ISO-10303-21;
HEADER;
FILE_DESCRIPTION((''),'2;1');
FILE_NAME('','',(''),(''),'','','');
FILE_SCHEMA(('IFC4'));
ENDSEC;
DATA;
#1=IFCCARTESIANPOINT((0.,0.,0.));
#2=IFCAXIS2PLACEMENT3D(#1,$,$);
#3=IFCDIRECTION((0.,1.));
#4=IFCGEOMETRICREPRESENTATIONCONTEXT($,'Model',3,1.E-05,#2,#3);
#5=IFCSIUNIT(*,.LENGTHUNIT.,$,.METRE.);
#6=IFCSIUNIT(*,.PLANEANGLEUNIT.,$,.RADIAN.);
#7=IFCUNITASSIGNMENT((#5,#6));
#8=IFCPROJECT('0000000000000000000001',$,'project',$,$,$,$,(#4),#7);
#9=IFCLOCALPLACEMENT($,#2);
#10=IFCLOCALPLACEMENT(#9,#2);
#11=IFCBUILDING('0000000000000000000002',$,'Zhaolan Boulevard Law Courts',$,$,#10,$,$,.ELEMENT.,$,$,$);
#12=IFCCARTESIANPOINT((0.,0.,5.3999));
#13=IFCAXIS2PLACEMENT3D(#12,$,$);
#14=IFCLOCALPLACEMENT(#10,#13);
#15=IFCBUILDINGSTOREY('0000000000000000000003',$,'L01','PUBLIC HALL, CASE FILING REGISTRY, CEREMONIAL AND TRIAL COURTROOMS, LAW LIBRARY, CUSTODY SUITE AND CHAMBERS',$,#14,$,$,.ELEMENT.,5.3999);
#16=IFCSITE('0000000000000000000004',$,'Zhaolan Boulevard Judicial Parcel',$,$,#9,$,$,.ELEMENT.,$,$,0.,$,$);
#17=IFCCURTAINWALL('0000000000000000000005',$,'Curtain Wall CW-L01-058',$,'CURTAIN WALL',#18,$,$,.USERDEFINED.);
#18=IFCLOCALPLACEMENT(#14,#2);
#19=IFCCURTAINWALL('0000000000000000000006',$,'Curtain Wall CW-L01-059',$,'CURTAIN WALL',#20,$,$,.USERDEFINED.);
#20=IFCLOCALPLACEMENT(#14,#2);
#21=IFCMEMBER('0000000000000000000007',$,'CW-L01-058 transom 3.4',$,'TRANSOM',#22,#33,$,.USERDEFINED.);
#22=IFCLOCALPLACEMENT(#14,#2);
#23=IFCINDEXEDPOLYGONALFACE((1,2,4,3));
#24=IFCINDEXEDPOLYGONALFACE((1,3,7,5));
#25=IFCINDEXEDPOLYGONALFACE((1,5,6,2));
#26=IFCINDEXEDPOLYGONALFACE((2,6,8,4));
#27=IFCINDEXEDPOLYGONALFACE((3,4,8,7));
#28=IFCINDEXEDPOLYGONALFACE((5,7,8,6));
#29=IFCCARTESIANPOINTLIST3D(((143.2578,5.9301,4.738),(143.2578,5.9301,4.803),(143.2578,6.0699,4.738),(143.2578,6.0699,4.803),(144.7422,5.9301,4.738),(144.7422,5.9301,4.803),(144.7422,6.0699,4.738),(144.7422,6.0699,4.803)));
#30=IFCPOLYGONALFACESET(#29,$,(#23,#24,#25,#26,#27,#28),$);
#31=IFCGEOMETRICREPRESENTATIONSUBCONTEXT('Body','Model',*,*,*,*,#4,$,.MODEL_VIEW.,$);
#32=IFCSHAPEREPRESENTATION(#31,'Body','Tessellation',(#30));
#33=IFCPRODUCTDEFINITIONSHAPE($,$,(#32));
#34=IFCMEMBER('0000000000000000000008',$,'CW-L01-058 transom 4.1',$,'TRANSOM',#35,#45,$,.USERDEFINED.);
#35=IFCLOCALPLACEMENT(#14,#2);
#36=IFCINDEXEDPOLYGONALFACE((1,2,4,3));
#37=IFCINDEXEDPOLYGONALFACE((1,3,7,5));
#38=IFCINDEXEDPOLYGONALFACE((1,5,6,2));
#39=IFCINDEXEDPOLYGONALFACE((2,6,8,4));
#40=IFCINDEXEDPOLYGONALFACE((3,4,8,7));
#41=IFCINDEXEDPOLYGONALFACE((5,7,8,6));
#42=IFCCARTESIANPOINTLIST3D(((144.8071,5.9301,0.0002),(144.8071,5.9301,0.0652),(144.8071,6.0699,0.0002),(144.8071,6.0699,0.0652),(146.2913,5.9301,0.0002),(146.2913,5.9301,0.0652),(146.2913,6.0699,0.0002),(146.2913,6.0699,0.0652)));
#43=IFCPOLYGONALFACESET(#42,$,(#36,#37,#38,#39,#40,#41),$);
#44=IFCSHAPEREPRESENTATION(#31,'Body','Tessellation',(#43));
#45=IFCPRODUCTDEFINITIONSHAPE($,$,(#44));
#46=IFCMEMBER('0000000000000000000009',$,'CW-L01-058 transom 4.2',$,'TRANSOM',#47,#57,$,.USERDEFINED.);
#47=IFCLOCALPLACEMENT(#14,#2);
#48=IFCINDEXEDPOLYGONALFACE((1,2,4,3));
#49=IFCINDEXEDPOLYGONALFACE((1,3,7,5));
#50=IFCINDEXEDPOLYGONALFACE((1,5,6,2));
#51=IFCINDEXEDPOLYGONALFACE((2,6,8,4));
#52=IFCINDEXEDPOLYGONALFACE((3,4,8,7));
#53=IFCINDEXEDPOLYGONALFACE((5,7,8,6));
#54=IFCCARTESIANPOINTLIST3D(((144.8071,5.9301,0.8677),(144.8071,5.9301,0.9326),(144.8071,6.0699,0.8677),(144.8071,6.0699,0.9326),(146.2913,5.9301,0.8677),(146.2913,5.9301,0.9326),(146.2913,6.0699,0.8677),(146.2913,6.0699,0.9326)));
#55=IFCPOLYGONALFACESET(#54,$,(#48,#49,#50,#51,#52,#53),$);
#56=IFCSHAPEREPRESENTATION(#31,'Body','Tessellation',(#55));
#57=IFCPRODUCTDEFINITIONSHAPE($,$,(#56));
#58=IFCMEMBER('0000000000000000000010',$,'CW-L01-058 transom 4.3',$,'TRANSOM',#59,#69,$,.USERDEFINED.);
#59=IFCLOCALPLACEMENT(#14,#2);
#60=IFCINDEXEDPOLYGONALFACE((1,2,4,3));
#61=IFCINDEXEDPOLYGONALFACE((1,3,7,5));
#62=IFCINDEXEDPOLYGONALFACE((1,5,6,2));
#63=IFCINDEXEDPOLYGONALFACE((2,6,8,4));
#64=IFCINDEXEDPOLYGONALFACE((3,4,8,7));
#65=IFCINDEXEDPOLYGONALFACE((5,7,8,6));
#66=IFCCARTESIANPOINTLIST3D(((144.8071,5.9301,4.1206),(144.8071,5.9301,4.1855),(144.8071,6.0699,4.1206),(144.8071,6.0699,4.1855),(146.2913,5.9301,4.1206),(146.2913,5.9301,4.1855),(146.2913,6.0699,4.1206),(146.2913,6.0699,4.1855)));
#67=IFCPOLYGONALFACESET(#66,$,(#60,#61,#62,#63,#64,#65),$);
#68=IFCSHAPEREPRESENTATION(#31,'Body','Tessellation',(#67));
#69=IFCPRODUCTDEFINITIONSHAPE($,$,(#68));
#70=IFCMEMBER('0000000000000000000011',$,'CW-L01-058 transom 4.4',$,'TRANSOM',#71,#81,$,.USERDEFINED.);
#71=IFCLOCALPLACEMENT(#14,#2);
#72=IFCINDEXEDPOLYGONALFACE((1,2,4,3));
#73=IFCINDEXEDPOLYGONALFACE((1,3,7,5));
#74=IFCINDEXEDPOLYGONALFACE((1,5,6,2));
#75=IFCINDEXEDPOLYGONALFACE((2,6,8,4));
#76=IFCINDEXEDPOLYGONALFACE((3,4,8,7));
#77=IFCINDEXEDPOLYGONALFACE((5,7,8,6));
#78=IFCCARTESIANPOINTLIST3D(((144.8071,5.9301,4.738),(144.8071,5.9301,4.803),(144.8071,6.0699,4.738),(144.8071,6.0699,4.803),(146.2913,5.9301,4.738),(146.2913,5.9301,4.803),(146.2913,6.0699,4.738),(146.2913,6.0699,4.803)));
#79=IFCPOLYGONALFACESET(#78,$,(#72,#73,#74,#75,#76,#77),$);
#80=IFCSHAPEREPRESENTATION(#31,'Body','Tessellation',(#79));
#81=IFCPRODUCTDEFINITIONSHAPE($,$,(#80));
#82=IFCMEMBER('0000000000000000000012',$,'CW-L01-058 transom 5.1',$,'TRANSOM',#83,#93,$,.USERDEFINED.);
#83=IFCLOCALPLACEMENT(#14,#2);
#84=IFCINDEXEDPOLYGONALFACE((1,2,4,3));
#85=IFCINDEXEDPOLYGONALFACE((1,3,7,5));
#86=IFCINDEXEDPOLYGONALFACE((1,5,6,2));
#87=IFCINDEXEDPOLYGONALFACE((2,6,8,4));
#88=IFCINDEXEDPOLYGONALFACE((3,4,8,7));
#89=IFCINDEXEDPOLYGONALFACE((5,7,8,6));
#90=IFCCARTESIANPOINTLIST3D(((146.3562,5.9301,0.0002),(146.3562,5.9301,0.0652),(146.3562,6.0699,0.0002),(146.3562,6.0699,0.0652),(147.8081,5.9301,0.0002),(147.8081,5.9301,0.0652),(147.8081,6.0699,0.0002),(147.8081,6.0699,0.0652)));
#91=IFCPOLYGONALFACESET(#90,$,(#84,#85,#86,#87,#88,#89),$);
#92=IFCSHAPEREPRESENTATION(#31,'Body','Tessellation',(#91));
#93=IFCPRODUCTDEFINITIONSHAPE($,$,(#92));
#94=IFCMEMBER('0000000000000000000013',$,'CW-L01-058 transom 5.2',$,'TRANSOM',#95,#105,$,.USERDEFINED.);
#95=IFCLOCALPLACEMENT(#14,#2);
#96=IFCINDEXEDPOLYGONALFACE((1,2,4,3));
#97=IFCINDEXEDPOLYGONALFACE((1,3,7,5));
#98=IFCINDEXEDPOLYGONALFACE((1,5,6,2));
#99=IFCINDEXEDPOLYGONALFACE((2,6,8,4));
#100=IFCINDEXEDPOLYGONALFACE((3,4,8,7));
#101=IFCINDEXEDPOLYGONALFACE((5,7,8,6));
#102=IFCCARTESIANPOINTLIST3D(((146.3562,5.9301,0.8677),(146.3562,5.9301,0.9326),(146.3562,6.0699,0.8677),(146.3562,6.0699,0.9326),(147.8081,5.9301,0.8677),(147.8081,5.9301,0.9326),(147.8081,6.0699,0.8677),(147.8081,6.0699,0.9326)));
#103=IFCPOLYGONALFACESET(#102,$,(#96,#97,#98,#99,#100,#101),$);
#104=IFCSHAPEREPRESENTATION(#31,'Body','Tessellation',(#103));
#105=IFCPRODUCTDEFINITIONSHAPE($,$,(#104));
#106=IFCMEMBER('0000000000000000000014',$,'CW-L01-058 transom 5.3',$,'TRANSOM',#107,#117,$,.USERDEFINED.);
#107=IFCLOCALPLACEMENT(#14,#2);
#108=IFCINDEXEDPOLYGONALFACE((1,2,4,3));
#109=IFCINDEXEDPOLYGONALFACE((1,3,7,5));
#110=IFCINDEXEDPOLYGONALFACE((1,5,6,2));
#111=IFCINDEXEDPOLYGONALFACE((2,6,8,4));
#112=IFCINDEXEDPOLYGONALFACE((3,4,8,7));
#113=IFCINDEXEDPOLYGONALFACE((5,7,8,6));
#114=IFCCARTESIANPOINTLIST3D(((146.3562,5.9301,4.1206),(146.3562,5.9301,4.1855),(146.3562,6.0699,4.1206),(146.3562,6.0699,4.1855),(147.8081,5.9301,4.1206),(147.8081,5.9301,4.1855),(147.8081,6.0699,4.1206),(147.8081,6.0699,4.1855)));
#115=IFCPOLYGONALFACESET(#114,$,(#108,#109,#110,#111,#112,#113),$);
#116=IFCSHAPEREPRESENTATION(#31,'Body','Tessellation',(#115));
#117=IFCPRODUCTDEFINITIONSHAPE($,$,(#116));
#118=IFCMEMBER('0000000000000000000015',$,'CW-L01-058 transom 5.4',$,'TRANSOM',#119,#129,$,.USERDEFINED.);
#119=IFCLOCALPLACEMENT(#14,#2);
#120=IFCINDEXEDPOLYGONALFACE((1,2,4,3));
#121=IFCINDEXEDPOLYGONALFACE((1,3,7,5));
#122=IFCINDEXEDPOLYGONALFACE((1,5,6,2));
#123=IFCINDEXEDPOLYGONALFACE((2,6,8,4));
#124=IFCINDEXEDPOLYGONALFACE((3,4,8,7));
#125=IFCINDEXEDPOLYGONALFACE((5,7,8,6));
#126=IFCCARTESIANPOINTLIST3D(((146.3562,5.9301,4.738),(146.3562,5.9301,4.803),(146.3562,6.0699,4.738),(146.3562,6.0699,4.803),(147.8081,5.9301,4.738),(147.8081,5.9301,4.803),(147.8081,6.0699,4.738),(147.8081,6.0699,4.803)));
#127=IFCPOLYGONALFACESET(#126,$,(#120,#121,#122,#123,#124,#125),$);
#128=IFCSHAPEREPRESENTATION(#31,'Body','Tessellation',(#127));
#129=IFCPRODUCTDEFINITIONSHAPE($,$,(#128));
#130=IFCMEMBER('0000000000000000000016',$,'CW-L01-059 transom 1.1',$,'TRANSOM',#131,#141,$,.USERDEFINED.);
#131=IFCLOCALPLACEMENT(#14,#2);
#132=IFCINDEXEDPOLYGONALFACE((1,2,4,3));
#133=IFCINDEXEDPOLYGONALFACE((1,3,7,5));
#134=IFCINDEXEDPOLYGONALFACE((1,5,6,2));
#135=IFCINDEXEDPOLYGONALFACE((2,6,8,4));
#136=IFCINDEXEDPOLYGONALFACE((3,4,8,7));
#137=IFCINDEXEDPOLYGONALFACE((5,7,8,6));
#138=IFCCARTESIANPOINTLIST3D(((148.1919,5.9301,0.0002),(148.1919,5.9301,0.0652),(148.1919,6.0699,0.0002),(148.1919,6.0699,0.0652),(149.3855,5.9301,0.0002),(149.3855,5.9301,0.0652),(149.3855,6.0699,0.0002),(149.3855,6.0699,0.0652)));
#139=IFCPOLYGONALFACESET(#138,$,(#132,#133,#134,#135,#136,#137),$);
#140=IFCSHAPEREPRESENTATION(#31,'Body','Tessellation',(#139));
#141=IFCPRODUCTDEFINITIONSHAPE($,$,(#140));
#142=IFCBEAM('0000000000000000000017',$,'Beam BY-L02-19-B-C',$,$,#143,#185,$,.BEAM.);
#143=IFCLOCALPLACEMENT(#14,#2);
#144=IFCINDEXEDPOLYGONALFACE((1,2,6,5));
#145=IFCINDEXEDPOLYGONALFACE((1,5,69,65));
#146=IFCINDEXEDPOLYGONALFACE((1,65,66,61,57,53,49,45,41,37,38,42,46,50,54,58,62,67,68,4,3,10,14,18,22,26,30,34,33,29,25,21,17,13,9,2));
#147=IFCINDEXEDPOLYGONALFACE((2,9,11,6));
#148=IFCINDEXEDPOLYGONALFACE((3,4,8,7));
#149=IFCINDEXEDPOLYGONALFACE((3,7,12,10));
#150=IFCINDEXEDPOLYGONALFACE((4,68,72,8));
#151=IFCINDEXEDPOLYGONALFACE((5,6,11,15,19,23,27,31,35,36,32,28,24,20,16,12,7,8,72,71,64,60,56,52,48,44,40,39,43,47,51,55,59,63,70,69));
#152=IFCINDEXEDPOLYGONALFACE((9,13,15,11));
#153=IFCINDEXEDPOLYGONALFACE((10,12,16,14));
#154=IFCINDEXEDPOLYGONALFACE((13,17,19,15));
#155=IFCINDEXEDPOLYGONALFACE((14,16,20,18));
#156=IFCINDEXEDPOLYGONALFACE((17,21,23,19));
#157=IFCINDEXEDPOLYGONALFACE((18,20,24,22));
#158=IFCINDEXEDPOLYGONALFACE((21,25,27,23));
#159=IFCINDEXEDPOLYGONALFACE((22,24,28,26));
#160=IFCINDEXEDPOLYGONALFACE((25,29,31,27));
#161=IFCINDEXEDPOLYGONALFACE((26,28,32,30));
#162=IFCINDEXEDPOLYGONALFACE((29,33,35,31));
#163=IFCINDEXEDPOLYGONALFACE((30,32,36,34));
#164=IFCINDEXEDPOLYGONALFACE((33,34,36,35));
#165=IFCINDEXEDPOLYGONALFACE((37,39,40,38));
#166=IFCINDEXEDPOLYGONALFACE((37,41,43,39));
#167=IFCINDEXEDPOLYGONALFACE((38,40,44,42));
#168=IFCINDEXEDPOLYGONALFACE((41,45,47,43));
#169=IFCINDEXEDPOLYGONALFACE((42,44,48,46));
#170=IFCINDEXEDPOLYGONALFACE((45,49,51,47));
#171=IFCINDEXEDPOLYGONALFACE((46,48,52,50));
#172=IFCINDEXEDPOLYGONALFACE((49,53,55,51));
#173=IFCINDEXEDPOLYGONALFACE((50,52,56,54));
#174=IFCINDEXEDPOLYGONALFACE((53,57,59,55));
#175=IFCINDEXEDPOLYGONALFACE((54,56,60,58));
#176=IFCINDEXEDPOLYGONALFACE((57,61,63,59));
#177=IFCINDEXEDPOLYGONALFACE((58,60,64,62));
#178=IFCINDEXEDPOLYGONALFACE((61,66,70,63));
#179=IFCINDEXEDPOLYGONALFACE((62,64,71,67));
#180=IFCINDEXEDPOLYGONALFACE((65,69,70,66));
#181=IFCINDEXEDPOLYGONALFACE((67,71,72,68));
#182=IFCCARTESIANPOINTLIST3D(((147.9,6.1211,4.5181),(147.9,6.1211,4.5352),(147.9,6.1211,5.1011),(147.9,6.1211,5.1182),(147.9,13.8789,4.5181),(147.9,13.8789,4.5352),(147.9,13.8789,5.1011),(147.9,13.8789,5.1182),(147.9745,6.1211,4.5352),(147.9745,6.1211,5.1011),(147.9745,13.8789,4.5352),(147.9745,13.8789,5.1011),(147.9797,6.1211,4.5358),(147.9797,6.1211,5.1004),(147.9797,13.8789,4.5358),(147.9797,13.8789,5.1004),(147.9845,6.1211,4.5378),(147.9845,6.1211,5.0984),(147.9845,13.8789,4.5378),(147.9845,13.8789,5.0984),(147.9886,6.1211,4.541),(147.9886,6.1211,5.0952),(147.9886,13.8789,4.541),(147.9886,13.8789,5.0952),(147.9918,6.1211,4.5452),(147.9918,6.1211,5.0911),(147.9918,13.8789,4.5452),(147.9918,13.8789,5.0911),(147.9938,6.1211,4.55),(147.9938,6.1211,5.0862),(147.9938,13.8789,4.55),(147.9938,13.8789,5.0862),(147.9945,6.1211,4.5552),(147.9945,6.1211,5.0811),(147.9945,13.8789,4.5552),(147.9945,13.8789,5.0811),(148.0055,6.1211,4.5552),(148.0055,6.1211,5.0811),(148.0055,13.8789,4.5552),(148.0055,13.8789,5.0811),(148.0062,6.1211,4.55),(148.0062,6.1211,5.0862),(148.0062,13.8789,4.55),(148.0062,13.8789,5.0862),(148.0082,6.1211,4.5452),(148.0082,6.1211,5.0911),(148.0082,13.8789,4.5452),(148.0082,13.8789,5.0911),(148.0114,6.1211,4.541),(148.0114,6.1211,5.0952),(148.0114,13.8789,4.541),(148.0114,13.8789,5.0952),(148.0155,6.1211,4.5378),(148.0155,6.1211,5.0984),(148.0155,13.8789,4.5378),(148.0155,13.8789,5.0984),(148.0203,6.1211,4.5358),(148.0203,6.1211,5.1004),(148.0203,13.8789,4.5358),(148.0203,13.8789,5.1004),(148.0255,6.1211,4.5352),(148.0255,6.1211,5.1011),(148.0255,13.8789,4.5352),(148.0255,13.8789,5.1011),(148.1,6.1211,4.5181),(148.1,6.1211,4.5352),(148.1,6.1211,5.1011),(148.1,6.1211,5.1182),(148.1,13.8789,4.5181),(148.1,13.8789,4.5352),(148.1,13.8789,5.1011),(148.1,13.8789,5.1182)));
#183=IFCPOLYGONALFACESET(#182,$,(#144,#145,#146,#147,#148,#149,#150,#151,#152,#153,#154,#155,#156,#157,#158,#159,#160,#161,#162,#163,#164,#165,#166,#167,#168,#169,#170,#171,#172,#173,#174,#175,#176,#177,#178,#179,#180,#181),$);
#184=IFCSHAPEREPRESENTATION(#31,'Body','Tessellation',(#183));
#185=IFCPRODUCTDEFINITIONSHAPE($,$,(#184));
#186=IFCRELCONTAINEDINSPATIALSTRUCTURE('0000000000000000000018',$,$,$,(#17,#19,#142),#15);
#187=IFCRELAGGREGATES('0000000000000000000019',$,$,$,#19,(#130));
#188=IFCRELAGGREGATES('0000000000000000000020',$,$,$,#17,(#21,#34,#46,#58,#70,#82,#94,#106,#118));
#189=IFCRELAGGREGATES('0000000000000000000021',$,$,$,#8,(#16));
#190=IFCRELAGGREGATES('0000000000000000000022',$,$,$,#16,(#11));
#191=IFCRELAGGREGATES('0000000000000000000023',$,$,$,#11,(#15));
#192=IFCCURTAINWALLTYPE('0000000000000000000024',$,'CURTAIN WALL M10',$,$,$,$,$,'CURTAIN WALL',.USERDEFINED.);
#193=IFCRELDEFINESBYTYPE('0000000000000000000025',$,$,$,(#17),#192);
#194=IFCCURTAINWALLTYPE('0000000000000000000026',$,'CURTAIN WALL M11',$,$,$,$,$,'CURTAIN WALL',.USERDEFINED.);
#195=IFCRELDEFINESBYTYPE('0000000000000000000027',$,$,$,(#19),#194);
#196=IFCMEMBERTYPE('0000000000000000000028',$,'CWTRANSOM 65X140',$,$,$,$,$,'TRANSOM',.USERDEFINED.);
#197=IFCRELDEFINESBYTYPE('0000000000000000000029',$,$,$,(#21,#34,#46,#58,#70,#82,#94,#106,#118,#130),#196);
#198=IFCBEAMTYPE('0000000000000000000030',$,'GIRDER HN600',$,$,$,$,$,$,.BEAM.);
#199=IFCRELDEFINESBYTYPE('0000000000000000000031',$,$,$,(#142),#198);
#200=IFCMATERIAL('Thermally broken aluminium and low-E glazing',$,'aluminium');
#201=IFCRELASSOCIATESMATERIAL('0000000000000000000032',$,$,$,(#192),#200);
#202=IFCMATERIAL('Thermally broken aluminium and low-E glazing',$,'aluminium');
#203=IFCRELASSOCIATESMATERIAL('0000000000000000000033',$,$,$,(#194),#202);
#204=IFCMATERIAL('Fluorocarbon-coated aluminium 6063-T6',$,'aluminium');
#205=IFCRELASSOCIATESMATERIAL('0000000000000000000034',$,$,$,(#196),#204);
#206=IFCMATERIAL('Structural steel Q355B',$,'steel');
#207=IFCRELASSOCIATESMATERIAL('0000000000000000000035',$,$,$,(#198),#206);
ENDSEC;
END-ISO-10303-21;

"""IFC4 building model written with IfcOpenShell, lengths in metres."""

from ifc_helpers import new_model, si_unit, direction, frame, origin, origin_2d, place, context, subcontext, project, spatial, rectangle, i_section, extrude, material, material_profile, profile_set, type_object, element, aggregate, save


model = new_model("IFC4")

# Units and contexts
model_context = context("Model", 3, precision=1e-05, world=origin(), true_north=direction((0.0, 1.0)))
body_context = subcontext(model_context, "Body", "Model", "MODEL_VIEW")
ifc_project = project(units=[si_unit("LENGTHUNIT", "METRE"), si_unit("PLANEANGLEUNIT", "RADIAN")], contexts=[model_context])

# Site, building, storey
site_placement = place(None, origin())
site = spatial("IfcSite", under=ifc_project, at=site_placement, Name="Zhaolan Boulevard Judicial Parcel", CompositionType="ELEMENT", RefElevation=0.0)
building_placement = place(site_placement, origin())
building = spatial("IfcBuilding", under=site, at=building_placement, Name="Zhaolan Boulevard Law Courts", CompositionType="ELEMENT")
storey_placement = place(building_placement, frame((0.0, 0.0, 5.3999)))
storey = spatial("IfcBuildingStorey", under=building, at=storey_placement, Name="L01", Description="PUBLIC HALL, CASE FILING REGISTRY, CEREMONIAL AND TRIAL COURTROOMS, LAW LIBRARY, CUSTODY SUITE AND CHAMBERS", CompositionType="ELEMENT", Elevation=5.3999)

# Curtain wall
ifc_material_1 = material(Name="Thermally broken aluminium and low-E glazing", Category="aluminium")
curtain_wall_type_1 = type_object("IfcCurtainWallType", Name="CURTAIN WALL M10", ElementType="CURTAIN WALL", PredefinedType="USERDEFINED", material=ifc_material_1)
curtain_wall_1_placement = place(storey_placement, origin())
curtain_wall_1 = element("IfcCurtainWall", 1, at=curtain_wall_1_placement, inside=storey, type_object=curtain_wall_type_1, Name="Curtain Wall CW-L01-058", ObjectType="CURTAIN WALL", PredefinedType="USERDEFINED")

# Curtain wall
ifc_material_2 = material(Name="Thermally broken aluminium and low-E glazing", Category="aluminium")
curtain_wall_type_2 = type_object("IfcCurtainWallType", Name="CURTAIN WALL M11", ElementType="CURTAIN WALL", PredefinedType="USERDEFINED", material=ifc_material_2)
curtain_wall_2_placement = place(storey_placement, origin())
curtain_wall_2 = element("IfcCurtainWall", 2, at=curtain_wall_2_placement, inside=storey, type_object=curtain_wall_type_2, Name="Curtain Wall CW-L01-059", ObjectType="CURTAIN WALL", PredefinedType="USERDEFINED")

# Members
ifc_material_3 = material(Name="Fluorocarbon-coated aluminium 6063-T6", Category="aluminium")
ifc_material_profile_1 = material_profile(ifc_material_3, rectangle(XDim=0.1399, YDim=0.0649, at=origin_2d()), Name="AL65x140")
ifc_profile_set_1 = profile_set([ifc_material_profile_1], Name="Fluorocarbon-coated aluminium 6063-T6")
member_type_1 = type_object("IfcMemberType", Name="CWTRANSOM 65X140", ElementType="TRANSOM", PredefinedType="USERDEFINED", material=ifc_profile_set_1)
member_1_placement = place(storey_placement, frame((143.2578, 6.0, 4.7705), z_axis=(1.0, 0.0, 0.0), x_axis=(0.0, 1.0, 0.0)))
member_1 = element("IfcMember", 3, at=member_1_placement, type_object=member_type_1, Name="CW-L01-058 transom 3.4", ObjectType="TRANSOM", PredefinedType="USERDEFINED", context=body_context, shape_type="SweptSolid", body=[
    extrude(rectangle(XDim=0.1399, YDim=0.0649, at=origin_2d()), origin(), (0.0, 0.0, 1.0), 1.4844),
])
member_2_placement = place(storey_placement, frame((144.8071, 6.0, 0.0327), z_axis=(1.0, 0.0, 0.0), x_axis=(0.0, 1.0, 0.0)))
member_2 = element("IfcMember", 4, at=member_2_placement, type_object=member_type_1, Name="CW-L01-058 transom 4.1", ObjectType="TRANSOM", PredefinedType="USERDEFINED", context=body_context, shape_type="SweptSolid", body=[
    extrude(rectangle(XDim=0.1399, YDim=0.0649, at=origin_2d()), origin(), (0.0, 0.0, 1.0), 1.4841),
])
member_3_placement = place(storey_placement, frame((144.8071, 6.0, 0.9001), z_axis=(1.0, 0.0, 0.0), x_axis=(0.0, 1.0, 0.0)))
member_3 = element("IfcMember", 5, at=member_3_placement, type_object=member_type_1, Name="CW-L01-058 transom 4.2", ObjectType="TRANSOM", PredefinedType="USERDEFINED", context=body_context, shape_type="SweptSolid", body=[
    extrude(rectangle(XDim=0.1399, YDim=0.0649, at=origin_2d()), origin(), (0.0, 0.0, 1.0), 1.4841),
])
member_4_placement = place(storey_placement, frame((144.8071, 6.0, 4.1531), z_axis=(1.0, 0.0, 0.0), x_axis=(0.0, 1.0, 0.0)))
member_4 = element("IfcMember", 6, at=member_4_placement, type_object=member_type_1, Name="CW-L01-058 transom 4.3", ObjectType="TRANSOM", PredefinedType="USERDEFINED", context=body_context, shape_type="SweptSolid", body=[
    extrude(rectangle(XDim=0.1399, YDim=0.0649, at=origin_2d()), origin(), (0.0, 0.0, 1.0), 1.4841),
])
member_5_placement = place(storey_placement, frame((144.8071, 6.0, 4.7705), z_axis=(1.0, 0.0, 0.0), x_axis=(0.0, 1.0, 0.0)))
member_5 = element("IfcMember", 7, at=member_5_placement, type_object=member_type_1, Name="CW-L01-058 transom 4.4", ObjectType="TRANSOM", PredefinedType="USERDEFINED", context=body_context, shape_type="SweptSolid", body=[
    extrude(rectangle(XDim=0.1399, YDim=0.0649, at=origin_2d()), origin(), (0.0, 0.0, 1.0), 1.4841),
])
member_6_placement = place(storey_placement, frame((146.3562, 6.0, 0.0327), z_axis=(1.0, 0.0, 0.0), x_axis=(0.0, 1.0, 0.0)))
member_6 = element("IfcMember", 8, at=member_6_placement, type_object=member_type_1, Name="CW-L01-058 transom 5.1", ObjectType="TRANSOM", PredefinedType="USERDEFINED", context=body_context, shape_type="SweptSolid", body=[
    extrude(rectangle(XDim=0.1399, YDim=0.0649, at=origin_2d()), origin(), (0.0, 0.0, 1.0), 1.4519),
])
member_7_placement = place(storey_placement, frame((146.3562, 6.0, 0.9001), z_axis=(1.0, 0.0, 0.0), x_axis=(0.0, 1.0, 0.0)))
member_7 = element("IfcMember", 9, at=member_7_placement, type_object=member_type_1, Name="CW-L01-058 transom 5.2", ObjectType="TRANSOM", PredefinedType="USERDEFINED", context=body_context, shape_type="SweptSolid", body=[
    extrude(rectangle(XDim=0.1399, YDim=0.0649, at=origin_2d()), origin(), (0.0, 0.0, 1.0), 1.4519),
])
member_8_placement = place(storey_placement, frame((146.3562, 6.0, 4.1531), z_axis=(1.0, 0.0, 0.0), x_axis=(0.0, 1.0, 0.0)))
member_8 = element("IfcMember", 10, at=member_8_placement, type_object=member_type_1, Name="CW-L01-058 transom 5.3", ObjectType="TRANSOM", PredefinedType="USERDEFINED", context=body_context, shape_type="SweptSolid", body=[
    extrude(rectangle(XDim=0.1399, YDim=0.0649, at=origin_2d()), origin(), (0.0, 0.0, 1.0), 1.4519),
])
member_9_placement = place(storey_placement, frame((146.3562, 6.0, 4.7705), z_axis=(1.0, 0.0, 0.0), x_axis=(0.0, 1.0, 0.0)))
member_9 = element("IfcMember", 11, at=member_9_placement, type_object=member_type_1, Name="CW-L01-058 transom 5.4", ObjectType="TRANSOM", PredefinedType="USERDEFINED", context=body_context, shape_type="SweptSolid", body=[
    extrude(rectangle(XDim=0.1399, YDim=0.0649, at=origin_2d()), origin(), (0.0, 0.0, 1.0), 1.4519),
])
member_10_placement = place(storey_placement, frame((148.1919, 6.0, 0.0327), z_axis=(1.0, 0.0, 0.0), x_axis=(0.0, 1.0, 0.0)))
member_10 = element("IfcMember", 12, at=member_10_placement, type_object=member_type_1, Name="CW-L01-059 transom 1.1", ObjectType="TRANSOM", PredefinedType="USERDEFINED", context=body_context, shape_type="SweptSolid", body=[
    extrude(rectangle(XDim=0.1399, YDim=0.0649, at=origin_2d()), origin(), (0.0, 0.0, 1.0), 1.1936),
])
aggregate(curtain_wall_2, [member_10])

# Beam
ifc_material_4 = material(Name="Structural steel Q355B", Category="steel")
ifc_material_profile_2 = material_profile(ifc_material_4, i_section(OverallWidth=0.2, OverallDepth=0.6001, WebThickness=0.011, FlangeThickness=0.0171, FilletRadius=0.02, at=origin_2d()), Name="HN600x200")
ifc_profile_set_2 = profile_set([ifc_material_profile_2], Name="Structural steel Q355B")
beam_type_1 = type_object("IfcBeamType", Name="GIRDER HN600", PredefinedType="BEAM", material=ifc_profile_set_2)
beam_1_placement = place(storey_placement, frame((148.0, 6.1211, 4.8181), z_axis=(0.0, 1.0, 0.0), x_axis=(-1.0, 0.0, 0.0)))
element("IfcBeam", 13, at=beam_1_placement, inside=storey, type_object=beam_type_1, Name="Beam BY-L02-19-B-C", PredefinedType="BEAM", context=body_context, shape_type="SweptSolid", body=[
    extrude(i_section(OverallWidth=0.2, OverallDepth=0.6001, WebThickness=0.011, FlangeThickness=0.0171, FilletRadius=0.02, at=origin_2d()), origin(), (0.0, 0.0, 1.0), 7.7578),
])

aggregate(curtain_wall_1, [member_1, member_2, member_3, member_4, member_5, member_6, member_7, member_8, member_9])

save(model, "model.ifc")
